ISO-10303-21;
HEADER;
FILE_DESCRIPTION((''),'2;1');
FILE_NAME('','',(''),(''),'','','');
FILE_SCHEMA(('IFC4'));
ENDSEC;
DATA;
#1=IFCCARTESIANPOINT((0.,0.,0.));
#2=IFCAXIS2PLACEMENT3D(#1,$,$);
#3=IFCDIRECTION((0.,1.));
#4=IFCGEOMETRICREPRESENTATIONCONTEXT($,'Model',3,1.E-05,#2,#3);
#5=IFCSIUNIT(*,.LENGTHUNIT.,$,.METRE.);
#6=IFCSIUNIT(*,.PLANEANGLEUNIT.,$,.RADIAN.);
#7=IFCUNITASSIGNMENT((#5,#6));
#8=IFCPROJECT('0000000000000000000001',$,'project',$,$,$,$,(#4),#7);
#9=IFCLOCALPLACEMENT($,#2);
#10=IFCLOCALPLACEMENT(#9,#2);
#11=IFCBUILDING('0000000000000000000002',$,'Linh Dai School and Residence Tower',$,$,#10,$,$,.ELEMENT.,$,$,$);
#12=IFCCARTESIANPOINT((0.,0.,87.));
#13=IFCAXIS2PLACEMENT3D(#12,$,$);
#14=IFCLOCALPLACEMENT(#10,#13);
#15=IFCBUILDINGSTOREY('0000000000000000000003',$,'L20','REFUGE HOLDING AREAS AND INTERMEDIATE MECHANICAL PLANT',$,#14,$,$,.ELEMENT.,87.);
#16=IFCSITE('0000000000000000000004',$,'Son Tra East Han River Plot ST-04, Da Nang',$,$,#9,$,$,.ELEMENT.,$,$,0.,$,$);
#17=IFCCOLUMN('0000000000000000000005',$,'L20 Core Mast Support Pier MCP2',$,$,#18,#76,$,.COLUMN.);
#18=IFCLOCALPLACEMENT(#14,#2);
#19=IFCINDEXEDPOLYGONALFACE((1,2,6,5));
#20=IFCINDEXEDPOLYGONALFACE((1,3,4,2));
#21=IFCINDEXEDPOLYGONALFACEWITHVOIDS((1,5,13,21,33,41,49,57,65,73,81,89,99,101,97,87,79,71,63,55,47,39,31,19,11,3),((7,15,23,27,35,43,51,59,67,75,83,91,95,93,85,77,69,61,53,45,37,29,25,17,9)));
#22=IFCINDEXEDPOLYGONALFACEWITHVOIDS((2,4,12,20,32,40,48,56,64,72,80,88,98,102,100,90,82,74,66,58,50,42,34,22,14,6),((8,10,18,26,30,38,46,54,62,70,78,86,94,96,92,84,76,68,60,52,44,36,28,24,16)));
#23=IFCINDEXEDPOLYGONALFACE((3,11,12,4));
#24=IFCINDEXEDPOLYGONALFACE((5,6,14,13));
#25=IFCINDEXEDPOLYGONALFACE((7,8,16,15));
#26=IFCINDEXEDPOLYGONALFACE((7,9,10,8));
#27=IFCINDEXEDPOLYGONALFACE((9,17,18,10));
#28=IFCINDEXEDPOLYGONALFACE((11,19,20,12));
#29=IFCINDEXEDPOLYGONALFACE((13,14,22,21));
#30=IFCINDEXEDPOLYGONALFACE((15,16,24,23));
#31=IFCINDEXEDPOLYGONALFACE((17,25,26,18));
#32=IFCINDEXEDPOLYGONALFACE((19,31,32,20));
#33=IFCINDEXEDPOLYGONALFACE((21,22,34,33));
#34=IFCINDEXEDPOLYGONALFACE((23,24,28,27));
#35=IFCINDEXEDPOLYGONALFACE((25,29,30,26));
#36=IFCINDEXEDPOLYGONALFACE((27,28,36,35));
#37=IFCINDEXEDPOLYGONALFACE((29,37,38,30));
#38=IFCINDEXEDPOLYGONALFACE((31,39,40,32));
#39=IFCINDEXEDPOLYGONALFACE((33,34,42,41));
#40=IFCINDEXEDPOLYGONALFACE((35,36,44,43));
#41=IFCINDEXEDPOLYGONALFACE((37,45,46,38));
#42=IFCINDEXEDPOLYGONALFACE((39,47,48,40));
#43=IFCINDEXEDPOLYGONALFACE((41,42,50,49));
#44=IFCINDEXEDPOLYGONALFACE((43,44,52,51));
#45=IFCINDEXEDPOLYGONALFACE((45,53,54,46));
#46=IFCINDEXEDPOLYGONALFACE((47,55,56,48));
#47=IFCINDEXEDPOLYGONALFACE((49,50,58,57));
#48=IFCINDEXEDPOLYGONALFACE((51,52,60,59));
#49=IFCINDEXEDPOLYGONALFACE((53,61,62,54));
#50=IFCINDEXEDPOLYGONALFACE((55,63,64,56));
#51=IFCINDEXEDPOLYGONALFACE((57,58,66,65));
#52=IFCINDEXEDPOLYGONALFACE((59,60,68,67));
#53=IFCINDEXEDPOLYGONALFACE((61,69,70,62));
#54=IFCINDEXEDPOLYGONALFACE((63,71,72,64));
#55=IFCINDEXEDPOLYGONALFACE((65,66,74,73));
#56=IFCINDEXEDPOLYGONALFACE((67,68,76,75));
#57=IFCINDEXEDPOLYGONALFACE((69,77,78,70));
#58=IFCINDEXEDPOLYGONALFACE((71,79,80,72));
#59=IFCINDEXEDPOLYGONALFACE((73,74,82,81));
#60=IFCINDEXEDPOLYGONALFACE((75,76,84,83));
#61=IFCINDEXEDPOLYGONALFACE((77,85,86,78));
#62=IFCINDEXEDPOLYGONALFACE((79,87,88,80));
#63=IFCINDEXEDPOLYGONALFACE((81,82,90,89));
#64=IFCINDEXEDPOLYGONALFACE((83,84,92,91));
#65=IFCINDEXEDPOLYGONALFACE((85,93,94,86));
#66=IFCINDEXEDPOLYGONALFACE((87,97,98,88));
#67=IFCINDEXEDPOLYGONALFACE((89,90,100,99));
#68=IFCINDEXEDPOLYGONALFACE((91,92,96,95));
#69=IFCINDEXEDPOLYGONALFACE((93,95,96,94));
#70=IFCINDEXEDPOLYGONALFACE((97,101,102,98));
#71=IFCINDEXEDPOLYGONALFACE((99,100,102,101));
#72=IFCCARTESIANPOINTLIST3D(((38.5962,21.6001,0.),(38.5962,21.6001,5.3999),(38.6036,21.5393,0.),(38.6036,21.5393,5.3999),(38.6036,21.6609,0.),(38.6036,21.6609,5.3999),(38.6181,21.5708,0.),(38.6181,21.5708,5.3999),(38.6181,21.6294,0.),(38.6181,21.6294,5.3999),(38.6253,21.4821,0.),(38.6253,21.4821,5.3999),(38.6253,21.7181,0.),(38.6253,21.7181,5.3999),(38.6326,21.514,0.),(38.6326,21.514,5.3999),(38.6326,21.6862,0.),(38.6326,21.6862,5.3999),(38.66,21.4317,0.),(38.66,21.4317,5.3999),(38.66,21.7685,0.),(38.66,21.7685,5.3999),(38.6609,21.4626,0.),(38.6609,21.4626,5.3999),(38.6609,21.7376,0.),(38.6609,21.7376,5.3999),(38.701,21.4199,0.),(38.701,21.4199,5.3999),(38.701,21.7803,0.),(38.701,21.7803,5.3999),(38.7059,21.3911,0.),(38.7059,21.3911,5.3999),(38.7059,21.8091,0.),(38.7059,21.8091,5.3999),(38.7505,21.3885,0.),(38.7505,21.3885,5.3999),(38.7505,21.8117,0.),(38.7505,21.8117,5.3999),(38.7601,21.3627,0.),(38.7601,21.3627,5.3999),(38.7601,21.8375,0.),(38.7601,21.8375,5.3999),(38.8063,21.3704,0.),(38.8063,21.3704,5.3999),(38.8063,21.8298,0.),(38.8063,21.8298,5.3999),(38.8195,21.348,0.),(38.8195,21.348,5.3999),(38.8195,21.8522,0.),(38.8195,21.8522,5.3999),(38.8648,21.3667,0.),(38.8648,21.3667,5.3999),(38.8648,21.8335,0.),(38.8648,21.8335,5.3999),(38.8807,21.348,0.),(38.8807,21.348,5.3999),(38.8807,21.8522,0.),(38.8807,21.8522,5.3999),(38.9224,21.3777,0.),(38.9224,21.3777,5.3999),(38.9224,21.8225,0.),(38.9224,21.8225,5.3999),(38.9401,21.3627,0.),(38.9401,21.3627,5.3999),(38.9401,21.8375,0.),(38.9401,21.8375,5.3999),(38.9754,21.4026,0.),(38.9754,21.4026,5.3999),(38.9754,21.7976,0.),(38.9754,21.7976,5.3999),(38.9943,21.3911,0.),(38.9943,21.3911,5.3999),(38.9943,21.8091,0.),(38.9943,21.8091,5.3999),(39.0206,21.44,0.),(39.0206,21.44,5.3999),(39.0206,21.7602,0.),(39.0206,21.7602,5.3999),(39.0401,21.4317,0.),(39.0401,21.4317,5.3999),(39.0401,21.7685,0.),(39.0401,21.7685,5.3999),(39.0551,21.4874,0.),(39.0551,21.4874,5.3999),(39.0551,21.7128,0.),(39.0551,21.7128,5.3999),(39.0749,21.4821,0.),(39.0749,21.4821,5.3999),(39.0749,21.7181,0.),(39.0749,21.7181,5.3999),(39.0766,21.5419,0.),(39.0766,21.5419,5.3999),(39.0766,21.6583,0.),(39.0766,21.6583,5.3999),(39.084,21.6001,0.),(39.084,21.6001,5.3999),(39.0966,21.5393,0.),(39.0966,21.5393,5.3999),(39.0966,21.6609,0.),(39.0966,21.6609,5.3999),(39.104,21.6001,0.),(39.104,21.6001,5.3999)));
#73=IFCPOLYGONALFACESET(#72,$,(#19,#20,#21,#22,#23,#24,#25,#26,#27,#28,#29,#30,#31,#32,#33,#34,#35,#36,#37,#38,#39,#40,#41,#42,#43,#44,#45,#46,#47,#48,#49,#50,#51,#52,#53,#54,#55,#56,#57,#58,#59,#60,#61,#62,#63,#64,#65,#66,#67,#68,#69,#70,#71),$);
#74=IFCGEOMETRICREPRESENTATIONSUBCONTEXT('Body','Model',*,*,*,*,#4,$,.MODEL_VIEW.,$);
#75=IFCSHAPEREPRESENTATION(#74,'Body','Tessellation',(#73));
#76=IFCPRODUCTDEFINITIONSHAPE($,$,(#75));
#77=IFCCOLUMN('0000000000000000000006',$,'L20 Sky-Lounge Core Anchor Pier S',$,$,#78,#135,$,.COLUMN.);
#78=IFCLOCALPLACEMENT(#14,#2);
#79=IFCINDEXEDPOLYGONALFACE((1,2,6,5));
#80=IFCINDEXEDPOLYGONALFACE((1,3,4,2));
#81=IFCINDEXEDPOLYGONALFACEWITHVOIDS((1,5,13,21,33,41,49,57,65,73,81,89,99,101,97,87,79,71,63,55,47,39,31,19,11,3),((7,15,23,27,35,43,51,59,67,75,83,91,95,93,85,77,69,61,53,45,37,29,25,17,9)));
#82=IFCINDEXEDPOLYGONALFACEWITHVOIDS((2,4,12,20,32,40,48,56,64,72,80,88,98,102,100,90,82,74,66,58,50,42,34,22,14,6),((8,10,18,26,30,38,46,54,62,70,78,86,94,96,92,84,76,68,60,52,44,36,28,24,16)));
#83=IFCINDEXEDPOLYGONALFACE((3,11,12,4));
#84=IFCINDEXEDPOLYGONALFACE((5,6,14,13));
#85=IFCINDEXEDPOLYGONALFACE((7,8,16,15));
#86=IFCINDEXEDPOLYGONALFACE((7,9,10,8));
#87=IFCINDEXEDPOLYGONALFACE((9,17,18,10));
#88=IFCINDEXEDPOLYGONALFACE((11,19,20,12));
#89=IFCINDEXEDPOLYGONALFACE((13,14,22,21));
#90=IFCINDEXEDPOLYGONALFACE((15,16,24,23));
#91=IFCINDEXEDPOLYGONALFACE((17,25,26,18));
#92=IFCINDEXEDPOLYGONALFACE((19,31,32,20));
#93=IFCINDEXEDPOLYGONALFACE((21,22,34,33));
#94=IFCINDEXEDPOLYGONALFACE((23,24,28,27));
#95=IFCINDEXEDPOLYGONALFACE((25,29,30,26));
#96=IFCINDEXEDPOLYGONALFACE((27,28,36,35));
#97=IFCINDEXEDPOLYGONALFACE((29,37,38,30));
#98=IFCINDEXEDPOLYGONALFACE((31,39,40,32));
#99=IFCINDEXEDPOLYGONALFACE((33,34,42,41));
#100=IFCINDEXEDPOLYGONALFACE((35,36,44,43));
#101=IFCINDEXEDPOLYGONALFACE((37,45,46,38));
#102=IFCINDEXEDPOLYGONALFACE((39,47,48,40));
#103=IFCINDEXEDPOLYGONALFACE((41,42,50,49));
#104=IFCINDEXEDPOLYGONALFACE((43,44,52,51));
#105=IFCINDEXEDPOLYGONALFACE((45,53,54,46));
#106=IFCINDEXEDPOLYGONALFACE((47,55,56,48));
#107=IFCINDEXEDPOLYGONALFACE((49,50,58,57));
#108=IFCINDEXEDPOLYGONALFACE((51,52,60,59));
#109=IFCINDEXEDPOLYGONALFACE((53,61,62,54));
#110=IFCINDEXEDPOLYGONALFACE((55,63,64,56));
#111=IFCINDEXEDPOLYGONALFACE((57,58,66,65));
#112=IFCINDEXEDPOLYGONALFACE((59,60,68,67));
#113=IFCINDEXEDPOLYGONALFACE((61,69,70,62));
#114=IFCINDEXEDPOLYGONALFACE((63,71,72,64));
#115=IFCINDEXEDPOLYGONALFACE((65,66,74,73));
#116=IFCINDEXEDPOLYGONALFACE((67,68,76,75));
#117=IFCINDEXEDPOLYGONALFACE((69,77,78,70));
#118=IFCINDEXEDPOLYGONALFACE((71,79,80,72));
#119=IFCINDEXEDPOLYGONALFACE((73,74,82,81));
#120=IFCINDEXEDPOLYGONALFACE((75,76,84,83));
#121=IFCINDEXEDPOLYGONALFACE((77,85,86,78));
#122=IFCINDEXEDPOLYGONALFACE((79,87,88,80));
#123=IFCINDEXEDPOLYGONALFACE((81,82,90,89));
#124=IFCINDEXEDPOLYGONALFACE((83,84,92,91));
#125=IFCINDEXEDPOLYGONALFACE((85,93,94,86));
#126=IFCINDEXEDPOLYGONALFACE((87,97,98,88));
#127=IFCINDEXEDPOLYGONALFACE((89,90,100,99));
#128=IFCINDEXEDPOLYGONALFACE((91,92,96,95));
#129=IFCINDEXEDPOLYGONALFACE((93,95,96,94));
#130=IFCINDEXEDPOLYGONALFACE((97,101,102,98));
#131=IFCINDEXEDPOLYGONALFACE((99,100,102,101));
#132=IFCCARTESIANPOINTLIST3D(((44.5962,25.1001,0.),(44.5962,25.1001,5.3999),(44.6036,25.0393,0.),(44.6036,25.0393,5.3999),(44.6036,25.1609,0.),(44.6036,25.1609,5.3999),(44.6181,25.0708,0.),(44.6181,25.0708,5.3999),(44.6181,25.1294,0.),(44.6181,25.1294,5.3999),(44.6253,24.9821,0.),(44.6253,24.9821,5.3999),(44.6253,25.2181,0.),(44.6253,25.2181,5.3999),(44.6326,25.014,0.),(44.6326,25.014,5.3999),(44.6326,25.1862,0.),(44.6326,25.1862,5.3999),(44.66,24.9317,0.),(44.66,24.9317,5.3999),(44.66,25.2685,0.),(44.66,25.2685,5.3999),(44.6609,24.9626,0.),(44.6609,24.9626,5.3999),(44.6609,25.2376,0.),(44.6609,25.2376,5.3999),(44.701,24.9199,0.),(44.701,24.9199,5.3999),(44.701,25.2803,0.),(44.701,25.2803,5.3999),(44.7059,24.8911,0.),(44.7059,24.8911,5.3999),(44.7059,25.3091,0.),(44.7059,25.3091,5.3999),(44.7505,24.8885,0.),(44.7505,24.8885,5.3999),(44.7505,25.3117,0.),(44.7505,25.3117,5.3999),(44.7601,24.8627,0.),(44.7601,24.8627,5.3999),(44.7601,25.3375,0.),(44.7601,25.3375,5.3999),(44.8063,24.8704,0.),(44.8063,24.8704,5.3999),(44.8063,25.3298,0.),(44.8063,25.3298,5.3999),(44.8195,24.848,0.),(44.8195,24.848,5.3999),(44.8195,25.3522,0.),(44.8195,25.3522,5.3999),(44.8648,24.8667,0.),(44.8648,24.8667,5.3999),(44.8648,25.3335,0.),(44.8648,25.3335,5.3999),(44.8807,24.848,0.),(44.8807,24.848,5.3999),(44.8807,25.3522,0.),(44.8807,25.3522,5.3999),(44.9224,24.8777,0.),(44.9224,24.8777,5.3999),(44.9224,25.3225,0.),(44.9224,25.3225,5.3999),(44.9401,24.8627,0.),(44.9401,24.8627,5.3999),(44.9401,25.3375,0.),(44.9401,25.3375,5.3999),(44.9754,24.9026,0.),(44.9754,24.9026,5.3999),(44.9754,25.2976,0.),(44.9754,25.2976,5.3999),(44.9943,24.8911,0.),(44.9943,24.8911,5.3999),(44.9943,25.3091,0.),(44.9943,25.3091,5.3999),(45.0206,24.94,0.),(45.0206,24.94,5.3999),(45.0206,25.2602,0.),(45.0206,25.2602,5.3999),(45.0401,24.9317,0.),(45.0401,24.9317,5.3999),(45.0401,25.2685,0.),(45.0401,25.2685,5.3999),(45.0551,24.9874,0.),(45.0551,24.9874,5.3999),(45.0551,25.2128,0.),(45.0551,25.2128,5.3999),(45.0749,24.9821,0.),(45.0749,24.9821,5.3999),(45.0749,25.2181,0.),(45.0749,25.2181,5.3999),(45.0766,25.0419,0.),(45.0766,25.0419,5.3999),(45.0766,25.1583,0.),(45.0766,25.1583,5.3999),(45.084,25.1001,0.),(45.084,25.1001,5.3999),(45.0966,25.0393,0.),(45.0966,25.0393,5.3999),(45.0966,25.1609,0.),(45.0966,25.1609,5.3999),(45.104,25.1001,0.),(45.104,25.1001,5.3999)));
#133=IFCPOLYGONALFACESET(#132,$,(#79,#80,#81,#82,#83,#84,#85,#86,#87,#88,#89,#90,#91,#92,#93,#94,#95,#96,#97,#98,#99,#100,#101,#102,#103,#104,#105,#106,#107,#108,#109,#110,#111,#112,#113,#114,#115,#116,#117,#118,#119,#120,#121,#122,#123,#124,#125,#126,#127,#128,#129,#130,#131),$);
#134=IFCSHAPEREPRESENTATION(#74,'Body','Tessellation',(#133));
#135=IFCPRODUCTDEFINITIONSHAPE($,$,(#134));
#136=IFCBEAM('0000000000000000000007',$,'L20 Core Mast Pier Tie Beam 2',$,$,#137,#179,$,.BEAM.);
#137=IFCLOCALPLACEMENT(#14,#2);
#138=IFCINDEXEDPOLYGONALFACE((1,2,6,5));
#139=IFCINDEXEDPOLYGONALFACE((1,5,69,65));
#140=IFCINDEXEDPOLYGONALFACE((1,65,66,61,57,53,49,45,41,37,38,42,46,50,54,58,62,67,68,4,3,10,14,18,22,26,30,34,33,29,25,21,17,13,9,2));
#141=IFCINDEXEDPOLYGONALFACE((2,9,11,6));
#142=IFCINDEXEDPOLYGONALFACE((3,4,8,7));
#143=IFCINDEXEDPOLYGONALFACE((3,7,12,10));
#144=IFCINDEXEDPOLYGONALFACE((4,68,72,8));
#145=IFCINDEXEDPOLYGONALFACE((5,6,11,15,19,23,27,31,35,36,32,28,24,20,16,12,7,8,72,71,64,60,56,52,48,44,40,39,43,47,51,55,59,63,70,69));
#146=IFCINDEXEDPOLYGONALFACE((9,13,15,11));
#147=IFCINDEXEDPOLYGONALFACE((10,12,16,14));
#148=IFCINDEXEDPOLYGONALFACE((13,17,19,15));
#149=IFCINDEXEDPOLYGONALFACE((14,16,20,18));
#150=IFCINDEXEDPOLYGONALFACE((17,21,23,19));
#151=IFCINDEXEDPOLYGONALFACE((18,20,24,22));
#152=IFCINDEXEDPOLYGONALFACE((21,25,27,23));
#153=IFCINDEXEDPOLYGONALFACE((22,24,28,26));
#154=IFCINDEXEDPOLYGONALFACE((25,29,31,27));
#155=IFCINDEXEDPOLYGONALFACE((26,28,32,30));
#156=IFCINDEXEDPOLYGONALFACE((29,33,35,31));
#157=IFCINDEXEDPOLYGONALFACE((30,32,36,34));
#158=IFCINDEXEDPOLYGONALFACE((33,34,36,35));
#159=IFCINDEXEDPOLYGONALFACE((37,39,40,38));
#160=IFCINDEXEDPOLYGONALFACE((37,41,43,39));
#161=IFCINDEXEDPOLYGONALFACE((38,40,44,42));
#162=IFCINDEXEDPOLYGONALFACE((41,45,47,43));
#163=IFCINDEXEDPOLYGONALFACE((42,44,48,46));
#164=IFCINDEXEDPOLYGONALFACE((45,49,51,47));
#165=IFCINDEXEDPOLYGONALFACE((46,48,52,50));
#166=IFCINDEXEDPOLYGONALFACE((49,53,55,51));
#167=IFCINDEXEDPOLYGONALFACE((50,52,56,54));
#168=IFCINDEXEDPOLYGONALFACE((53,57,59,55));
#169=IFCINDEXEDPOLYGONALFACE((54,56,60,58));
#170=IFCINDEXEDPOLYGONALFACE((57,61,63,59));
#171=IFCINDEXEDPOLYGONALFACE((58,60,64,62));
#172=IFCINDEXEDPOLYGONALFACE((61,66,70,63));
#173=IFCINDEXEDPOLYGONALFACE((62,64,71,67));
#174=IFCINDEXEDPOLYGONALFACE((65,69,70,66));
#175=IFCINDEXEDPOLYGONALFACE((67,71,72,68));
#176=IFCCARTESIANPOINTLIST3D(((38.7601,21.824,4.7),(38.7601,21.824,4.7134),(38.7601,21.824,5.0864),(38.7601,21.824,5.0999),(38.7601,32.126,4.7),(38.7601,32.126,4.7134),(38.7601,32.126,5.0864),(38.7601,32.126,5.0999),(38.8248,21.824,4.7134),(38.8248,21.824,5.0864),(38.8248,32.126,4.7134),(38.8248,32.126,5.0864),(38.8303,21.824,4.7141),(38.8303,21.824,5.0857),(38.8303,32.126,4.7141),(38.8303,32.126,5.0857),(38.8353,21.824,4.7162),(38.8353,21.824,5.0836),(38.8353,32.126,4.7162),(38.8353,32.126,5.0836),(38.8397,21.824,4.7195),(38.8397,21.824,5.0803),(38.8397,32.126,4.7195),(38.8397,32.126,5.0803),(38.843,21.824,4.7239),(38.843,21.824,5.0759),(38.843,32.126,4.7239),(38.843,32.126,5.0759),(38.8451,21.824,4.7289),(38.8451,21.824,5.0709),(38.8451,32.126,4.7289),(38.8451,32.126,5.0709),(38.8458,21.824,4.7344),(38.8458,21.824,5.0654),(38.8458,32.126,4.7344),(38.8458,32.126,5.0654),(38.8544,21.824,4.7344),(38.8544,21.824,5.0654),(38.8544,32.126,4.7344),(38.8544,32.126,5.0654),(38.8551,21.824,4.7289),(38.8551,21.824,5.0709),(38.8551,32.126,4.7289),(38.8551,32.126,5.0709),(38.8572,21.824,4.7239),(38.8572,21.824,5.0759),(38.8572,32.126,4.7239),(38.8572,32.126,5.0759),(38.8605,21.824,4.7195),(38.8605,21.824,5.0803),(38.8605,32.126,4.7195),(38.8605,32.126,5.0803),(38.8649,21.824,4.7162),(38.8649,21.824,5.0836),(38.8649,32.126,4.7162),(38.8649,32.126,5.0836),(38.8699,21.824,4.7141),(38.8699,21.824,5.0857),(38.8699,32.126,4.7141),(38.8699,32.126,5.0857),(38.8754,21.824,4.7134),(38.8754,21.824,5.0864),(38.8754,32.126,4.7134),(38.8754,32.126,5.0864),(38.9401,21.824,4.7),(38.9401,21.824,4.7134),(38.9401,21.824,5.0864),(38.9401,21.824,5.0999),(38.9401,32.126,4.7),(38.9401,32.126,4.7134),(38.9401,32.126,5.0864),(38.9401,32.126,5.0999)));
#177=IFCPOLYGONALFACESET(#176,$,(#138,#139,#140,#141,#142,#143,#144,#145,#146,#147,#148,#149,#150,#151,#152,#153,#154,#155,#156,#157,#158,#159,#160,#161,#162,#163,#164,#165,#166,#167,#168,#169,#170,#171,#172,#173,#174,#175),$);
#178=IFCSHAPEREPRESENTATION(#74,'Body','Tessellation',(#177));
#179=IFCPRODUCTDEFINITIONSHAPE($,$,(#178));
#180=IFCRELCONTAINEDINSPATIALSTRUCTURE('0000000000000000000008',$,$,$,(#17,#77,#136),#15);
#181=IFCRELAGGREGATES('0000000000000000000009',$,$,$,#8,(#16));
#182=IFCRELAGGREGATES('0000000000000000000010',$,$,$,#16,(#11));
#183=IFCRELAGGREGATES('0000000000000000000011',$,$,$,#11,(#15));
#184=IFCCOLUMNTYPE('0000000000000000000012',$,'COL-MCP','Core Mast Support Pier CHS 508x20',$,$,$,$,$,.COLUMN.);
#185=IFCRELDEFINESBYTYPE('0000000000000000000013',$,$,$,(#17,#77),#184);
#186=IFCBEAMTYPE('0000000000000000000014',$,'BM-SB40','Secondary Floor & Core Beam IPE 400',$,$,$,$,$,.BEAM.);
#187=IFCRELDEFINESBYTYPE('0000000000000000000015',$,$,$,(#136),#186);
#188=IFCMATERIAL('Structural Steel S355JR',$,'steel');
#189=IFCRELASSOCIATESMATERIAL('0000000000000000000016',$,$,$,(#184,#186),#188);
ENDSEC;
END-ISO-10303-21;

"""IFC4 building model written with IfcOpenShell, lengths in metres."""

from ifc_helpers import new_model, si_unit, direction, frame, origin, origin_2d, place, context, subcontext, project, spatial, hollow_circle, i_section, extrude, material, material_profile, profile_set, type_object, element, save


model = new_model("IFC4")

# Units and contexts
model_context = context("Model", 3, precision=1e-05, world=origin(), true_north=direction((0.0, 1.0)))
body_context = subcontext(model_context, "Body", "Model", "MODEL_VIEW")
ifc_project = project(units=[si_unit("LENGTHUNIT", "METRE"), si_unit("PLANEANGLEUNIT", "RADIAN")], contexts=[model_context])

# Site, building, storey
site_placement = place(None, origin())
site = spatial("IfcSite", under=ifc_project, at=site_placement, Name="Son Tra East Han River Plot ST-04, Da Nang", CompositionType="ELEMENT", RefElevation=0.0)
building_placement = place(site_placement, origin())
building = spatial("IfcBuilding", under=site, at=building_placement, Name="Linh Dai School and Residence Tower", CompositionType="ELEMENT")
storey_placement = place(building_placement, frame((0.0, 0.0, 87.0)))
storey = spatial("IfcBuildingStorey", under=building, at=storey_placement, Name="L20", Description="REFUGE HOLDING AREAS AND INTERMEDIATE MECHANICAL PLANT", CompositionType="ELEMENT", Elevation=87.0)

# Columns
ifc_material_1 = material(Name="Structural Steel S355JR", Category="steel")
ifc_material_profile_1 = material_profile(ifc_material_1, hollow_circle(Radius=0.2539, WallThickness=0.02, at=origin_2d()), Name="CHS 508x20")
ifc_profile_set_1 = profile_set([ifc_material_profile_1], Name="Structural Steel S355JR")
column_type_1 = type_object("IfcColumnType", Name="COL-MCP", Description="Core Mast Support Pier CHS 508x20", PredefinedType="COLUMN", material=ifc_profile_set_1)
for number, where, z_axis, x_axis, name in (
    (1, (38.8501, 21.6001, 0.0), (0.0, 0.0, 1.0), (1.0, 0.0, 0.0), "L20 Core Mast Support Pier MCP2"),
    (2, (44.8501, 25.1001, 0.0), (0.0, 0.0, 1.0), (1.0, 0.0, 0.0), "L20 Sky-Lounge Core Anchor Pier S"),
):
    element("IfcColumn", number, at=place(storey_placement, frame(where, z_axis=z_axis, x_axis=x_axis)), inside=storey, type_object=column_type_1, Name=name, PredefinedType="COLUMN", context=body_context, shape_type="SweptSolid", body=[
        extrude(hollow_circle(Radius=0.2539, WallThickness=0.02, at=origin_2d()), origin(), (0.0, 0.0, 1.0), 5.3999),
    ])

# Beam
ifc_material_profile_2 = material_profile(ifc_material_1, i_section(OverallWidth=0.1799, OverallDepth=0.3999, WebThickness=0.0085, FlangeThickness=0.0134, FilletRadius=0.021, at=origin_2d()), Name="IPE 400")
ifc_profile_set_2 = profile_set([ifc_material_profile_2], Name="Structural Steel S355JR")
beam_type = type_object("IfcBeamType", Name="BM-SB40", Description="Secondary Floor & Core Beam IPE 400", PredefinedType="BEAM", material=ifc_profile_set_2)
beam_placement = place(storey_placement, frame((38.8501, 21.824, 4.8999), z_axis=(0.0, 1.0, 0.0), x_axis=(-1.0, 0.0, 0.0)))
element("IfcBeam", 3, at=beam_placement, inside=storey, type_object=beam_type, Name="L20 Core Mast Pier Tie Beam 2", PredefinedType="BEAM", context=body_context, shape_type="SweptSolid", body=[
    extrude(i_section(OverallWidth=0.1799, OverallDepth=0.3999, WebThickness=0.0085, FlangeThickness=0.0134, FilletRadius=0.021, at=origin_2d()), origin(), (0.0, 0.0, 1.0), 10.302),
])

save(model, "model.ifc")
